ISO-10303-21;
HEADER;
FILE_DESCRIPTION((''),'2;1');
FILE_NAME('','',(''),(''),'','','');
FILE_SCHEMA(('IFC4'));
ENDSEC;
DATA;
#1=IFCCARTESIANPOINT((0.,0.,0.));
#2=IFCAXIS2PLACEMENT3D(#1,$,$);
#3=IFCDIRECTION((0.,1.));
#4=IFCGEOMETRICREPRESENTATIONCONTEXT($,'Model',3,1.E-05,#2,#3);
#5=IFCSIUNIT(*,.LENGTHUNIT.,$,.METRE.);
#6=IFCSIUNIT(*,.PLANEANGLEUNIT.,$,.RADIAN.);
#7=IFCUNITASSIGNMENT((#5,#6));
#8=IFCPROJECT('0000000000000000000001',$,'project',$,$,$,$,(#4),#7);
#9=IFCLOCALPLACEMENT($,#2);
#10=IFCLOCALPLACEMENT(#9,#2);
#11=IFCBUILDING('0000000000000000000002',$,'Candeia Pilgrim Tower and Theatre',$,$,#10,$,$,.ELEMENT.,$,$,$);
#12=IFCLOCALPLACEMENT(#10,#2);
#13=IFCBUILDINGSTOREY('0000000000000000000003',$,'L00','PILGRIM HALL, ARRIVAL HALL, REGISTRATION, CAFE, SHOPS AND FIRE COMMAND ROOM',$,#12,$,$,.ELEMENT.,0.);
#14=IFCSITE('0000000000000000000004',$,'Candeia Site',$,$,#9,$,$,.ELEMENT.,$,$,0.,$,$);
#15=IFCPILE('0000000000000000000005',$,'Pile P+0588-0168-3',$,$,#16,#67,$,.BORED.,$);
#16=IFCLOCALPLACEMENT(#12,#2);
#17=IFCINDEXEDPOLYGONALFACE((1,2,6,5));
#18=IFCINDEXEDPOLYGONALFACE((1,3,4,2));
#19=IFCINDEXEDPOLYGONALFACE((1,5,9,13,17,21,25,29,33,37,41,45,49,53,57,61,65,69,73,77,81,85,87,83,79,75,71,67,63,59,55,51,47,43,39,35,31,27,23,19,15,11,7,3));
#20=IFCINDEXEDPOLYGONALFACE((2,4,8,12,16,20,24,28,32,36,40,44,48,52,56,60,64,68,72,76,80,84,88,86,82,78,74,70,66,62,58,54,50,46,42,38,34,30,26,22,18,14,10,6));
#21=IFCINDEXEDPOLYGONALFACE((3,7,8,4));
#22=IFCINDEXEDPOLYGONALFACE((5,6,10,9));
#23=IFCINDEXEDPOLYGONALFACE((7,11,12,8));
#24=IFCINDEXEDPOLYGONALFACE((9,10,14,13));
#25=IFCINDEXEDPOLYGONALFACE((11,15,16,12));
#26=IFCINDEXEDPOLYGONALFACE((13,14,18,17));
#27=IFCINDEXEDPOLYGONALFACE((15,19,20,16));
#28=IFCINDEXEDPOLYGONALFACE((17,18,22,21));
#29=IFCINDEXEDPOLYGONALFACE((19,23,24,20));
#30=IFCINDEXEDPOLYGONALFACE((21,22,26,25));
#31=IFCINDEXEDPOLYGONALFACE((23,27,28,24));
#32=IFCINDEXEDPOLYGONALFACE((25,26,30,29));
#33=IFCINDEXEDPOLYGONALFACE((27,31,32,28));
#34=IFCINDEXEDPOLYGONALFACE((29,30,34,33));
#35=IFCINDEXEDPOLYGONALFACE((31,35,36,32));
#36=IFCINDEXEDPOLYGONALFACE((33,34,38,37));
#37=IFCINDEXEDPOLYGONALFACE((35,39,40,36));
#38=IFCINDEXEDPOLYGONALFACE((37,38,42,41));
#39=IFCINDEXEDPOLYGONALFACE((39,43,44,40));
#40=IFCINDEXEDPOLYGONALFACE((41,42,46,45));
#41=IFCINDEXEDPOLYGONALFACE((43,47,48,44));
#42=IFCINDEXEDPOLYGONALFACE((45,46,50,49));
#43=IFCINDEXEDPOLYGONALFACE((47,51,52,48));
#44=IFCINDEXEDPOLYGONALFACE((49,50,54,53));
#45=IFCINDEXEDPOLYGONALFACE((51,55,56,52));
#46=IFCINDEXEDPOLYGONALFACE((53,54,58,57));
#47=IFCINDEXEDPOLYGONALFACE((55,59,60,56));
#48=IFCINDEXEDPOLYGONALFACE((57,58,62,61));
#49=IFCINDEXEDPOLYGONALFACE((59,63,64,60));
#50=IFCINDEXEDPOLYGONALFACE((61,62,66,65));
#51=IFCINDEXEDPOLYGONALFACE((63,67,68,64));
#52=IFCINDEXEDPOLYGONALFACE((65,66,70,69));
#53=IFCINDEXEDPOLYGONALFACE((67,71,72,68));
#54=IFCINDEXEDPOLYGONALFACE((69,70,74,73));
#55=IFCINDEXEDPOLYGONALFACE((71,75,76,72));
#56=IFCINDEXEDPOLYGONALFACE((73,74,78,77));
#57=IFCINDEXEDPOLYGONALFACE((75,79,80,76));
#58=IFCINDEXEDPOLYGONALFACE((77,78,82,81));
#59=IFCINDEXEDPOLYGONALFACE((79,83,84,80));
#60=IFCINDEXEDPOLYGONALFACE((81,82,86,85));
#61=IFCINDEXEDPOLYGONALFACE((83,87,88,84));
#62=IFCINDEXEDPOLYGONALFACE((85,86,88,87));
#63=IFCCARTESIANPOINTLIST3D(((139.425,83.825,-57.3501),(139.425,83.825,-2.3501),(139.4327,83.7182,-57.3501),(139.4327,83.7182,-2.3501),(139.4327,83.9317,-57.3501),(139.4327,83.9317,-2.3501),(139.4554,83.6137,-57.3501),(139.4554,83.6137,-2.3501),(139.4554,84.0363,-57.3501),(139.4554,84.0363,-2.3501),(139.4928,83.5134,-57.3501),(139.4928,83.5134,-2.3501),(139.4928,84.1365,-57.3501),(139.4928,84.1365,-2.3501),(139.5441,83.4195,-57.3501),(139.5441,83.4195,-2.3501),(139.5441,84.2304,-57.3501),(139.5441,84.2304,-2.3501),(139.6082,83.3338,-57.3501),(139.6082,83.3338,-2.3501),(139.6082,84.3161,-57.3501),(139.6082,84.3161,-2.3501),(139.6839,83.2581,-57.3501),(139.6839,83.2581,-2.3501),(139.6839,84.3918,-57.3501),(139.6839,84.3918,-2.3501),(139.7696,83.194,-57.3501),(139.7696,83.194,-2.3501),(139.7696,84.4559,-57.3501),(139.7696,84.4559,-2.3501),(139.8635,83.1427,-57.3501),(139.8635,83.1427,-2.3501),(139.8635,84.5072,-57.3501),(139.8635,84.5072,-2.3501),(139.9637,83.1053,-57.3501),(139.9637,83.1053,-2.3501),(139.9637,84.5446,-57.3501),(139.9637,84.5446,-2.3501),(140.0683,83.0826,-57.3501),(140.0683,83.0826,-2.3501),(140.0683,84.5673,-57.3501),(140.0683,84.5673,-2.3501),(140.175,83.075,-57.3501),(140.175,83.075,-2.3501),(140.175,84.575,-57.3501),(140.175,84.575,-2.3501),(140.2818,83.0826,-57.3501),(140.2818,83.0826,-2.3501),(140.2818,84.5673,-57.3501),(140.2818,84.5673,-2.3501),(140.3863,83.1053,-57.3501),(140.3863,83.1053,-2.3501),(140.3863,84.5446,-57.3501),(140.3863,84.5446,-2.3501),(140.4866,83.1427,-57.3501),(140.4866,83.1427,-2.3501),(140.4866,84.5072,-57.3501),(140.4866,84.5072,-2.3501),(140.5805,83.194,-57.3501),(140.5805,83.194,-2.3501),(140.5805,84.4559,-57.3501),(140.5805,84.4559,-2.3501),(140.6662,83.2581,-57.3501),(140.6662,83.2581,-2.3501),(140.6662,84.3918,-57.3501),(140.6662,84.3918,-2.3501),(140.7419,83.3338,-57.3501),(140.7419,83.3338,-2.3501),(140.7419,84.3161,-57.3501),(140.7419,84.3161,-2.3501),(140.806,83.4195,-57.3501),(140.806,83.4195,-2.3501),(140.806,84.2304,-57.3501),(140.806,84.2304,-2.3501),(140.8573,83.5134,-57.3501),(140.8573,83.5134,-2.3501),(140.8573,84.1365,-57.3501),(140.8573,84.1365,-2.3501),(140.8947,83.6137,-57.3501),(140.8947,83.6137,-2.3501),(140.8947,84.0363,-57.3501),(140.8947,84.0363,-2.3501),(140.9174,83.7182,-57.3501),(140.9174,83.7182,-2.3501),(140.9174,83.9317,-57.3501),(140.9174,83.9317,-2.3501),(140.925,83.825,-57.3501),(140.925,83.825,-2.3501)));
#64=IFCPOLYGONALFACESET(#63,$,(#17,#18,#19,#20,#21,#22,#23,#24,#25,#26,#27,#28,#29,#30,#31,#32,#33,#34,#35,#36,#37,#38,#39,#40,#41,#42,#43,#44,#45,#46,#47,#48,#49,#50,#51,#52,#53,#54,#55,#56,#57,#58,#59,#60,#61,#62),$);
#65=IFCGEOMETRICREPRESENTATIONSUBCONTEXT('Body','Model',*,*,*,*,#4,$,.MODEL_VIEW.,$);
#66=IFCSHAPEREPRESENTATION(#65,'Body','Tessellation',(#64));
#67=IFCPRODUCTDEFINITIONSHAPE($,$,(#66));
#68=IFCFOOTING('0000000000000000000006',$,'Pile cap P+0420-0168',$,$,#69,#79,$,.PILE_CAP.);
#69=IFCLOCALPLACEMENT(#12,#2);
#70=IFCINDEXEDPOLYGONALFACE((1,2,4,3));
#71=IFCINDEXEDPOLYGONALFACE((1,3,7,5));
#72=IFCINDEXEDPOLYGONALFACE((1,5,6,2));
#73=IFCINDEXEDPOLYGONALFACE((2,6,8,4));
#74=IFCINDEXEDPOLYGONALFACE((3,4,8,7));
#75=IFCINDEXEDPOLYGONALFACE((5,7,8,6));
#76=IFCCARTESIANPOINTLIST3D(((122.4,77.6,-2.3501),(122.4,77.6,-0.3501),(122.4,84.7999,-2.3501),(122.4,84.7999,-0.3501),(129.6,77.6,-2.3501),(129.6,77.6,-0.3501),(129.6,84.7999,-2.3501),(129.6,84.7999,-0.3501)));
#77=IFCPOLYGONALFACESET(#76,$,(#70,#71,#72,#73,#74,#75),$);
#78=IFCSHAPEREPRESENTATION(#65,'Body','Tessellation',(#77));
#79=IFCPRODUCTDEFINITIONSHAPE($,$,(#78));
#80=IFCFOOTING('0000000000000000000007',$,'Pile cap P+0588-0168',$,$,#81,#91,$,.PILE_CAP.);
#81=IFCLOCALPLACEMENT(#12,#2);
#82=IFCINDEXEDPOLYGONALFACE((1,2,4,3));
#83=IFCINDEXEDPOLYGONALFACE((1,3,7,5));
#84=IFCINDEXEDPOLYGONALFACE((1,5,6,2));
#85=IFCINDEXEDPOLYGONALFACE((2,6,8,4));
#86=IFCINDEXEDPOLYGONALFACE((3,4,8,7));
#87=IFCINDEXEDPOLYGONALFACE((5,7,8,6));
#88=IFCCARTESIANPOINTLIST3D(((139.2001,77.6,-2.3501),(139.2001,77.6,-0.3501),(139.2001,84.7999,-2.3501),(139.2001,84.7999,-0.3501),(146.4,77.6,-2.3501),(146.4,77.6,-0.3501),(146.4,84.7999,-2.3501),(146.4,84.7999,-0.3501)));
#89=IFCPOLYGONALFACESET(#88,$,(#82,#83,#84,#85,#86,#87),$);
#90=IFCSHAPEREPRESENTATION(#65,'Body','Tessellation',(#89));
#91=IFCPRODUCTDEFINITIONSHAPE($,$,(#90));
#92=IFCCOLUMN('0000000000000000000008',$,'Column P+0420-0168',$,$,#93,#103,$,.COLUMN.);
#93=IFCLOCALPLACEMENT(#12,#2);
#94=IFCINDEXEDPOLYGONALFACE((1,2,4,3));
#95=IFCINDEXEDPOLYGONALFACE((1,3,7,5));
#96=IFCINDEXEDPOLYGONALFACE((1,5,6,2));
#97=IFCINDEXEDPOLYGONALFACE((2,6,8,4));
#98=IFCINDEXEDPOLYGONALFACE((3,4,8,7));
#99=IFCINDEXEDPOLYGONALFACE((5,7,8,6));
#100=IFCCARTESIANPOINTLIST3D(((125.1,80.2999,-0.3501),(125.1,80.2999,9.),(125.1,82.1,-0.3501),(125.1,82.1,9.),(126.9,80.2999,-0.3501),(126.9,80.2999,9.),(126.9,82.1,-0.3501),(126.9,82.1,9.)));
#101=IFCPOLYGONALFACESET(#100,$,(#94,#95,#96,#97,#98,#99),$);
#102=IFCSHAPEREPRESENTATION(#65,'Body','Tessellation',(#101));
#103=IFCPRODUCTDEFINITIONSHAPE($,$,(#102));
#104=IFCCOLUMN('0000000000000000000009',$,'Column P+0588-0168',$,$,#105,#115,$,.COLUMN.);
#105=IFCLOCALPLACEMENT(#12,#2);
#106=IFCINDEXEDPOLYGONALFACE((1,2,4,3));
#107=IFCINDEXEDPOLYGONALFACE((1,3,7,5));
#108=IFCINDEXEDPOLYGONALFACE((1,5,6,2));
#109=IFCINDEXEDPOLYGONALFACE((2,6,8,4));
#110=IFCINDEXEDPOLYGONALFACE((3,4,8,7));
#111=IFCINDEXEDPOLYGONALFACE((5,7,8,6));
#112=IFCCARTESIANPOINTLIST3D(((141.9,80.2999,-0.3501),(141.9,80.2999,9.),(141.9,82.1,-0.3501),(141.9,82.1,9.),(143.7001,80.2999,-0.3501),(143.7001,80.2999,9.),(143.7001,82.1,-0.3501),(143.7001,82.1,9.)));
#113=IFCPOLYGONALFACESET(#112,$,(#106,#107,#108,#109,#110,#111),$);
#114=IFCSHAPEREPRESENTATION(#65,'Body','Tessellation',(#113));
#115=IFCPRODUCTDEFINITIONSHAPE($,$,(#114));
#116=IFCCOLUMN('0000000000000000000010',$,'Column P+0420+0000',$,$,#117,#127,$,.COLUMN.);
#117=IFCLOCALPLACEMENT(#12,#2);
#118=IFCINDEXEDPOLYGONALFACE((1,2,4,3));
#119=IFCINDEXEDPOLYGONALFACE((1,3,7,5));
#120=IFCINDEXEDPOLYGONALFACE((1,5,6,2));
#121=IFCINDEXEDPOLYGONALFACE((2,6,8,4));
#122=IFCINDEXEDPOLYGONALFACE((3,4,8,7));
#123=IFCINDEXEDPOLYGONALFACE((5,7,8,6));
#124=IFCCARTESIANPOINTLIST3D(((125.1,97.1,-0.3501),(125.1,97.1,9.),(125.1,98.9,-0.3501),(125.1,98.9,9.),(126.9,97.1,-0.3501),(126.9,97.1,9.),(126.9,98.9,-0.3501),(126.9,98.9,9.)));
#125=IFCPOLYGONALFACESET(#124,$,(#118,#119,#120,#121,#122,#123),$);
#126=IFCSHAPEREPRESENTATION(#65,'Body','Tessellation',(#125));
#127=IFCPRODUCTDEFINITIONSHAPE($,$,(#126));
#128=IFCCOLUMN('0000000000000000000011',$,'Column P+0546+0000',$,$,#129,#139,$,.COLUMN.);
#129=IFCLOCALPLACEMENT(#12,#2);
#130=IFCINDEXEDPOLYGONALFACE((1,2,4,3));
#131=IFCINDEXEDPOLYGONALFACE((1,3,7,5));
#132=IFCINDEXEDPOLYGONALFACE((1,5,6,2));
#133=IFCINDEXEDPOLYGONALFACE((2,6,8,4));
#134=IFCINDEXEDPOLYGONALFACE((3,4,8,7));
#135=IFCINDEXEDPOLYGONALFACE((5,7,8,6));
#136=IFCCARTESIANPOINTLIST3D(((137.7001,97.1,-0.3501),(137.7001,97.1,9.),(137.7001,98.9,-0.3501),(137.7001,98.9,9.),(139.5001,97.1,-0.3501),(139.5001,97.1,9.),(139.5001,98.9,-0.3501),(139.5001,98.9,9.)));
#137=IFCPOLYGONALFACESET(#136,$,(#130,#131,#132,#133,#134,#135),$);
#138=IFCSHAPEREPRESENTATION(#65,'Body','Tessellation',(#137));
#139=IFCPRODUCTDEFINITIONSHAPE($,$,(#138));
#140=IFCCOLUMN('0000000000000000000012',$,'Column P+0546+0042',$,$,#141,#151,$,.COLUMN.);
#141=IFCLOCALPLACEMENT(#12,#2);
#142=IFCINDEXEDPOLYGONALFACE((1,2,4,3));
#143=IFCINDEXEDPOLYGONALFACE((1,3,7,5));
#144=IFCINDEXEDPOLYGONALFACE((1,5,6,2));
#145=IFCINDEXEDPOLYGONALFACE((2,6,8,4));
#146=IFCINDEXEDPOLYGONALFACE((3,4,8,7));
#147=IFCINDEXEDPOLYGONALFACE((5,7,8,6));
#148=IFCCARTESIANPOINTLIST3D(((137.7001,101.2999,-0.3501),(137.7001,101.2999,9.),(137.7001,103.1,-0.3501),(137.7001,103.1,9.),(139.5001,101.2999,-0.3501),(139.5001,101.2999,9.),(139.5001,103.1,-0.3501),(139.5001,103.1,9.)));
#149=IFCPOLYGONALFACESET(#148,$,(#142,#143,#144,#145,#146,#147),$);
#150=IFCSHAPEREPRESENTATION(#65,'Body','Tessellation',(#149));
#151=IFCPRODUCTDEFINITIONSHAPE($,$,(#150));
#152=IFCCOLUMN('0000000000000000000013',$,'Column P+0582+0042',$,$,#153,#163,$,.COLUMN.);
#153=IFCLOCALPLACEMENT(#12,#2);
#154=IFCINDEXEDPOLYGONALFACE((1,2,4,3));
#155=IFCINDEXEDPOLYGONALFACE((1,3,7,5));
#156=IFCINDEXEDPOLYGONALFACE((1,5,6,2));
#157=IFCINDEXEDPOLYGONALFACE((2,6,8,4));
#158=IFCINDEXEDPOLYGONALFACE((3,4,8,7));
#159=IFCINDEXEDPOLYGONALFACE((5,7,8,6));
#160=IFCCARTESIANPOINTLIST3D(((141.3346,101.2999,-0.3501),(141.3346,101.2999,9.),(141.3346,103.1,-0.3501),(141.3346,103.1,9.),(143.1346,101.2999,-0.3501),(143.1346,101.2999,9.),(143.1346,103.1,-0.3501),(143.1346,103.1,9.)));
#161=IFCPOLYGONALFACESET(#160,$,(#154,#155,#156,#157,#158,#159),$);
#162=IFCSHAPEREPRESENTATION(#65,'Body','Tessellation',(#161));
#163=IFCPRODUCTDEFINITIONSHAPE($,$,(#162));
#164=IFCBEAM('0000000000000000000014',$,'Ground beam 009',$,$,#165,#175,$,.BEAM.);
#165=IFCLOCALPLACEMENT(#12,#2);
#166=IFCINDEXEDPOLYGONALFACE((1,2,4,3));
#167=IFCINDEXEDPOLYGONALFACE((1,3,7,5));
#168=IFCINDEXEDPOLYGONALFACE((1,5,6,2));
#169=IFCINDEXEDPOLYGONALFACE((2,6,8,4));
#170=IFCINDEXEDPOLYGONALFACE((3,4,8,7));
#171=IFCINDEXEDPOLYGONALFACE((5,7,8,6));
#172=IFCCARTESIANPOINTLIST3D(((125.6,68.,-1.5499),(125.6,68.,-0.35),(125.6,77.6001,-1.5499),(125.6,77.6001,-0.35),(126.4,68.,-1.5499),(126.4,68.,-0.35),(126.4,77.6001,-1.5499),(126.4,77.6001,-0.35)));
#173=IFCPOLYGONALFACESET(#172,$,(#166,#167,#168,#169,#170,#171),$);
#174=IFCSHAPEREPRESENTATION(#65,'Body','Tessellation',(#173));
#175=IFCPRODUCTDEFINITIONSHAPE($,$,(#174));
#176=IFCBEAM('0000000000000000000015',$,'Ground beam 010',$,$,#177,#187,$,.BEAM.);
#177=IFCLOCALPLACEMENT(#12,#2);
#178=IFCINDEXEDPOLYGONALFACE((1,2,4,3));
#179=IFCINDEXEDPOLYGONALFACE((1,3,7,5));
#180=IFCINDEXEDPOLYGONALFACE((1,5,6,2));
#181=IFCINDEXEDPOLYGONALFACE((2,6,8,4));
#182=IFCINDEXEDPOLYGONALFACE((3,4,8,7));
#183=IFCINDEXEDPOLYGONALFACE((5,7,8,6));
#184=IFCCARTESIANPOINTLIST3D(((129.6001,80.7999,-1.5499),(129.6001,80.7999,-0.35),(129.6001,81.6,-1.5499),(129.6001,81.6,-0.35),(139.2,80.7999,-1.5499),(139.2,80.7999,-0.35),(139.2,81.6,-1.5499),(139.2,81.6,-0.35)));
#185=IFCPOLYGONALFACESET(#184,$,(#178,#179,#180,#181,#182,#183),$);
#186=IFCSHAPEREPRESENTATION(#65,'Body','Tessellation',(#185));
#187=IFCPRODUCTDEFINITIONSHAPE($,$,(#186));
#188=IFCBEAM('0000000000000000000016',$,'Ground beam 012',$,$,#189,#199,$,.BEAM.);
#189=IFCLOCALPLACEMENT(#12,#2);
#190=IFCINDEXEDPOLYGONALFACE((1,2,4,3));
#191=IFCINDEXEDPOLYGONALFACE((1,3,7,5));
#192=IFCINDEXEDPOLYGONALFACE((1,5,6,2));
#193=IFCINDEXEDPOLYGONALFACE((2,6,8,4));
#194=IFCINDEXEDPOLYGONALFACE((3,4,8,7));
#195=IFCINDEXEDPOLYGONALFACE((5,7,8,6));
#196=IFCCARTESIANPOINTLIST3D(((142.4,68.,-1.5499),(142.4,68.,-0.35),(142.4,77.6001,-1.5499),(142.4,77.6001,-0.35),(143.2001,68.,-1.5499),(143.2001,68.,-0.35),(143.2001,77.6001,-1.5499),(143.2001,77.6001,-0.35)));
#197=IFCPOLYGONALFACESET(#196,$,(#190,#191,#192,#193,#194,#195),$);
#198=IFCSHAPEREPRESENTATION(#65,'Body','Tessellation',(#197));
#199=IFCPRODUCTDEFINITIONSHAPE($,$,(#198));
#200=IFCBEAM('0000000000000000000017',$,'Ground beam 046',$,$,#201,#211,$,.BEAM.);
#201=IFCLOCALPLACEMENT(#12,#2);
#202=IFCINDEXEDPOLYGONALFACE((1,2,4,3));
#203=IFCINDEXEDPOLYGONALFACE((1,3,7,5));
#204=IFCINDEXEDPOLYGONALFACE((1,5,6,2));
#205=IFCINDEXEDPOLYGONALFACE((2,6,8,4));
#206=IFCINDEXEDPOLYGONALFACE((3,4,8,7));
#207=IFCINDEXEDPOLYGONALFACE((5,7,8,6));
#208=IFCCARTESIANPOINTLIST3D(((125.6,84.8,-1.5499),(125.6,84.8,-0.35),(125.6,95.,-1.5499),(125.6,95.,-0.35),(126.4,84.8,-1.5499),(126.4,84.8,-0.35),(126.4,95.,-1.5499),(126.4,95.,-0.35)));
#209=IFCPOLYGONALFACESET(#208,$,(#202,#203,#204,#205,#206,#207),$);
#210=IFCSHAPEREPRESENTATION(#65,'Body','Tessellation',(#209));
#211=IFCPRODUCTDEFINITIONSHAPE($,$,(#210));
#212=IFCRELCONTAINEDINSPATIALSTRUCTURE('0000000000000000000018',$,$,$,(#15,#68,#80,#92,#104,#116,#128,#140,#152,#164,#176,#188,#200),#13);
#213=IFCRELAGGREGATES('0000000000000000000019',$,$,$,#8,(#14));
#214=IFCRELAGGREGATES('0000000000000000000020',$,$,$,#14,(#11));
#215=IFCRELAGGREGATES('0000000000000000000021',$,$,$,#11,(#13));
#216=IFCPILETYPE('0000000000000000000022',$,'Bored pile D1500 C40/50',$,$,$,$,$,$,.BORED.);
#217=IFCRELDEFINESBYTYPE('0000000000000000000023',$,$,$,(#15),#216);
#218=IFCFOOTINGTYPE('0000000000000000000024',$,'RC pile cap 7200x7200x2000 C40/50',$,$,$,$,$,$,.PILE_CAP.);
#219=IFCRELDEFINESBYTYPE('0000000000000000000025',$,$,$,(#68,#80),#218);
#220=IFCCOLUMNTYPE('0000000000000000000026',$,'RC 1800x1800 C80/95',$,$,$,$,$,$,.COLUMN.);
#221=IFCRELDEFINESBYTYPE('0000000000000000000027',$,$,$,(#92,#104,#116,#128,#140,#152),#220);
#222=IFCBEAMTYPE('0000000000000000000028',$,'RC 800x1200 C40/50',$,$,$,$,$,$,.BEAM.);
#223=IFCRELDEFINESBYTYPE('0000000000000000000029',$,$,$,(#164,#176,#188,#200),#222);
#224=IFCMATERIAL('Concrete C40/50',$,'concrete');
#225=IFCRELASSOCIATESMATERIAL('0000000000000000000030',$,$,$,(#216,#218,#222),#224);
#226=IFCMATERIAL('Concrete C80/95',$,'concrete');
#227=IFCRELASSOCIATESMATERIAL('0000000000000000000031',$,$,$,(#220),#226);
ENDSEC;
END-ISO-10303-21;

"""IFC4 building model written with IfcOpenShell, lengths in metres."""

from ifc_helpers import new_model, si_unit, direction, frame, origin, origin_2d, place, context, subcontext, project, spatial, rectangle, circle, extrude, material, material_profile, profile_set, type_object, element, save


model = new_model("IFC4")

# Units and contexts
model_context = context("Model", 3, precision=1e-05, world=origin(), true_north=direction((0.0, 1.0)))
body_context = subcontext(model_context, "Body", "Model", "MODEL_VIEW")
ifc_project = project(units=[si_unit("LENGTHUNIT", "METRE"), si_unit("PLANEANGLEUNIT", "RADIAN")], contexts=[model_context])

# Site, building, storey
site_placement = place(None, origin())
site = spatial("IfcSite", under=ifc_project, at=site_placement, Name="Candeia Site", CompositionType="ELEMENT", RefElevation=0.0)
building_placement = place(site_placement, origin())
building = spatial("IfcBuilding", under=site, at=building_placement, Name="Candeia Pilgrim Tower and Theatre", CompositionType="ELEMENT")
storey_placement = place(building_placement, origin())
storey = spatial("IfcBuildingStorey", under=building, at=storey_placement, Name="L00", Description="PILGRIM HALL, ARRIVAL HALL, REGISTRATION, CAFE, SHOPS AND FIRE COMMAND ROOM", CompositionType="ELEMENT", Elevation=0.0)

# Pile
ifc_material_1 = material(Name="Concrete C40/50", Category="concrete")
ifc_material_profile_1 = material_profile(ifc_material_1, circle(Radius=0.75, at=origin_2d()))
ifc_profile_set_1 = profile_set([ifc_material_profile_1], Name="Concrete C40/50")
pile_type = type_object("IfcPileType", Name="Bored pile D1500 C40/50", PredefinedType="BORED", material=ifc_profile_set_1)
for number, where, z_axis, x_axis, name in (
    (1, (140.175, 83.825, -2.3501), (0.0, 0.0, -1.0), (1.0, 0.0, 0.0), "Pile P+0588-0168-3"),
):
    element("IfcPile", number, at=place(storey_placement, frame(where, z_axis=z_axis, x_axis=x_axis)), inside=storey, type_object=pile_type, Name=name, PredefinedType="BORED", context=body_context, shape_type="SweptSolid", body=[
        extrude(circle(Radius=0.75, at=origin_2d()), origin(), (0.0, 0.0, 1.0), 55.0),
    ])

# Footings
footing_type = type_object("IfcFootingType", Name="RC pile cap 7200x7200x2000 C40/50", PredefinedType="PILE_CAP", material=ifc_material_1)
for number, where, z_axis, x_axis, name in (
    (2, (126.0, 81.2, -2.3501), (0.0, 0.0, 1.0), (1.0, 0.0, 0.0), "Pile cap P+0420-0168"),
    (3, (142.8, 81.2, -2.3501), (0.0, 0.0, 1.0), (1.0, 0.0, 0.0), "Pile cap P+0588-0168"),
):
    element("IfcFooting", number, at=place(storey_placement, frame(where, z_axis=z_axis, x_axis=x_axis)), inside=storey, type_object=footing_type, Name=name, PredefinedType="PILE_CAP", context=body_context, shape_type="SweptSolid", body=[
        extrude(rectangle(XDim=7.2, YDim=7.2, at=origin_2d()), origin(), (0.0, 0.0, 1.0), 2.0),
    ])

# Columns
ifc_material_2 = material(Name="Concrete C80/95", Category="concrete")
ifc_material_profile_2 = material_profile(ifc_material_2, rectangle(XDim=1.8, YDim=1.8, at=origin_2d()))
ifc_profile_set_2 = profile_set([ifc_material_profile_2], Name="Concrete C80/95")
column_type = type_object("IfcColumnType", Name="RC 1800x1800 C80/95", PredefinedType="COLUMN", material=ifc_profile_set_2)
for number, where, z_axis, x_axis, name in (
    (4, (126.0, 81.2, -0.3501), (0.0, 0.0, 1.0), (1.0, 0.0, 0.0), "Column P+0420-0168"),
    (5, (142.8, 81.2, -0.3501), (0.0, 0.0, 1.0), (1.0, 0.0, 0.0), "Column P+0588-0168"),
    (6, (126.0, 98.0, -0.3501), (0.0, 0.0, 1.0), (1.0, 0.0, 0.0), "Column P+0420+0000"),
    (7, (138.6001, 98.0, -0.3501), (0.0, 0.0, 1.0), (1.0, 0.0, 0.0), "Column P+0546+0000"),
    (8, (138.6001, 102.2, -0.3501), (0.0, 0.0, 1.0), (1.0, 0.0, 0.0), "Column P+0546+0042"),
    (9, (142.2346, 102.2, -0.3501), (0.0, 0.0, 1.0), (1.0, 0.0, 0.0), "Column P+0582+0042"),
):
    element("IfcColumn", number, at=place(storey_placement, frame(where, z_axis=z_axis, x_axis=x_axis)), inside=storey, type_object=column_type, Name=name, PredefinedType="COLUMN", context=body_context, shape_type="SweptSolid", body=[
        extrude(rectangle(XDim=1.8, YDim=1.8, at=origin_2d()), origin(), (0.0, 0.0, 1.0), 9.3501),
    ])

# Beams
ifc_material_profile_3 = material_profile(ifc_material_1, rectangle(XDim=0.8, YDim=1.2, at=origin_2d()))
ifc_profile_set_3 = profile_set([ifc_material_profile_3], Name="Concrete C40/50")
beam_type = type_object("IfcBeamType", Name="RC 800x1200 C40/50", PredefinedType="BEAM", material=ifc_profile_set_3)
beam_1_placement = place(storey_placement, frame((126.0, 77.6001, -0.95), z_axis=(0.0, -1.0, 0.0), x_axis=(1.0, 0.0, 0.0)))
element("IfcBeam", 10, at=beam_1_placement, inside=storey, type_object=beam_type, Name="Ground beam 009", PredefinedType="BEAM", context=body_context, shape_type="SweptSolid", body=[
    extrude(rectangle(XDim=0.8, YDim=1.2, at=origin_2d()), origin(), (0.0, 0.0, 1.0), 9.6001),
])
beam_2_placement = place(storey_placement, frame((129.6001, 81.2, -0.95), z_axis=(1.0, 0.0, 0.0), x_axis=(0.0, 1.0, 0.0)))
element("IfcBeam", 11, at=beam_2_placement, inside=storey, type_object=beam_type, Name="Ground beam 010", PredefinedType="BEAM", context=body_context, shape_type="SweptSolid", body=[
    extrude(rectangle(XDim=0.8, YDim=1.2, at=origin_2d()), origin(), (0.0, 0.0, 1.0), 9.5999),
])
beam_3_placement = place(storey_placement, frame((142.8, 77.6001, -0.95), z_axis=(0.0, -1.0, 0.0), x_axis=(1.0, 0.0, 0.0)))
element("IfcBeam", 12, at=beam_3_placement, inside=storey, type_object=beam_type, Name="Ground beam 012", PredefinedType="BEAM", context=body_context, shape_type="SweptSolid", body=[
    extrude(rectangle(XDim=0.8, YDim=1.2, at=origin_2d()), origin(), (0.0, 0.0, 1.0), 9.6001),
])
for number, where, z_axis, x_axis, name in (
    (13, (126.0, 84.8, -0.95), (0.0, 1.0, 0.0), (-1.0, 0.0, 0.0), "Ground beam 046"),
):
    element("IfcBeam", number, at=place(storey_placement, frame(where, z_axis=z_axis, x_axis=x_axis)), inside=storey, type_object=beam_type, Name=name, PredefinedType="BEAM", context=body_context, shape_type="SweptSolid", body=[
        extrude(rectangle(XDim=0.8, YDim=1.2, at=origin_2d()), origin(), (0.0, 0.0, 1.0), 10.2),
    ])

save(model, "model.ifc")
